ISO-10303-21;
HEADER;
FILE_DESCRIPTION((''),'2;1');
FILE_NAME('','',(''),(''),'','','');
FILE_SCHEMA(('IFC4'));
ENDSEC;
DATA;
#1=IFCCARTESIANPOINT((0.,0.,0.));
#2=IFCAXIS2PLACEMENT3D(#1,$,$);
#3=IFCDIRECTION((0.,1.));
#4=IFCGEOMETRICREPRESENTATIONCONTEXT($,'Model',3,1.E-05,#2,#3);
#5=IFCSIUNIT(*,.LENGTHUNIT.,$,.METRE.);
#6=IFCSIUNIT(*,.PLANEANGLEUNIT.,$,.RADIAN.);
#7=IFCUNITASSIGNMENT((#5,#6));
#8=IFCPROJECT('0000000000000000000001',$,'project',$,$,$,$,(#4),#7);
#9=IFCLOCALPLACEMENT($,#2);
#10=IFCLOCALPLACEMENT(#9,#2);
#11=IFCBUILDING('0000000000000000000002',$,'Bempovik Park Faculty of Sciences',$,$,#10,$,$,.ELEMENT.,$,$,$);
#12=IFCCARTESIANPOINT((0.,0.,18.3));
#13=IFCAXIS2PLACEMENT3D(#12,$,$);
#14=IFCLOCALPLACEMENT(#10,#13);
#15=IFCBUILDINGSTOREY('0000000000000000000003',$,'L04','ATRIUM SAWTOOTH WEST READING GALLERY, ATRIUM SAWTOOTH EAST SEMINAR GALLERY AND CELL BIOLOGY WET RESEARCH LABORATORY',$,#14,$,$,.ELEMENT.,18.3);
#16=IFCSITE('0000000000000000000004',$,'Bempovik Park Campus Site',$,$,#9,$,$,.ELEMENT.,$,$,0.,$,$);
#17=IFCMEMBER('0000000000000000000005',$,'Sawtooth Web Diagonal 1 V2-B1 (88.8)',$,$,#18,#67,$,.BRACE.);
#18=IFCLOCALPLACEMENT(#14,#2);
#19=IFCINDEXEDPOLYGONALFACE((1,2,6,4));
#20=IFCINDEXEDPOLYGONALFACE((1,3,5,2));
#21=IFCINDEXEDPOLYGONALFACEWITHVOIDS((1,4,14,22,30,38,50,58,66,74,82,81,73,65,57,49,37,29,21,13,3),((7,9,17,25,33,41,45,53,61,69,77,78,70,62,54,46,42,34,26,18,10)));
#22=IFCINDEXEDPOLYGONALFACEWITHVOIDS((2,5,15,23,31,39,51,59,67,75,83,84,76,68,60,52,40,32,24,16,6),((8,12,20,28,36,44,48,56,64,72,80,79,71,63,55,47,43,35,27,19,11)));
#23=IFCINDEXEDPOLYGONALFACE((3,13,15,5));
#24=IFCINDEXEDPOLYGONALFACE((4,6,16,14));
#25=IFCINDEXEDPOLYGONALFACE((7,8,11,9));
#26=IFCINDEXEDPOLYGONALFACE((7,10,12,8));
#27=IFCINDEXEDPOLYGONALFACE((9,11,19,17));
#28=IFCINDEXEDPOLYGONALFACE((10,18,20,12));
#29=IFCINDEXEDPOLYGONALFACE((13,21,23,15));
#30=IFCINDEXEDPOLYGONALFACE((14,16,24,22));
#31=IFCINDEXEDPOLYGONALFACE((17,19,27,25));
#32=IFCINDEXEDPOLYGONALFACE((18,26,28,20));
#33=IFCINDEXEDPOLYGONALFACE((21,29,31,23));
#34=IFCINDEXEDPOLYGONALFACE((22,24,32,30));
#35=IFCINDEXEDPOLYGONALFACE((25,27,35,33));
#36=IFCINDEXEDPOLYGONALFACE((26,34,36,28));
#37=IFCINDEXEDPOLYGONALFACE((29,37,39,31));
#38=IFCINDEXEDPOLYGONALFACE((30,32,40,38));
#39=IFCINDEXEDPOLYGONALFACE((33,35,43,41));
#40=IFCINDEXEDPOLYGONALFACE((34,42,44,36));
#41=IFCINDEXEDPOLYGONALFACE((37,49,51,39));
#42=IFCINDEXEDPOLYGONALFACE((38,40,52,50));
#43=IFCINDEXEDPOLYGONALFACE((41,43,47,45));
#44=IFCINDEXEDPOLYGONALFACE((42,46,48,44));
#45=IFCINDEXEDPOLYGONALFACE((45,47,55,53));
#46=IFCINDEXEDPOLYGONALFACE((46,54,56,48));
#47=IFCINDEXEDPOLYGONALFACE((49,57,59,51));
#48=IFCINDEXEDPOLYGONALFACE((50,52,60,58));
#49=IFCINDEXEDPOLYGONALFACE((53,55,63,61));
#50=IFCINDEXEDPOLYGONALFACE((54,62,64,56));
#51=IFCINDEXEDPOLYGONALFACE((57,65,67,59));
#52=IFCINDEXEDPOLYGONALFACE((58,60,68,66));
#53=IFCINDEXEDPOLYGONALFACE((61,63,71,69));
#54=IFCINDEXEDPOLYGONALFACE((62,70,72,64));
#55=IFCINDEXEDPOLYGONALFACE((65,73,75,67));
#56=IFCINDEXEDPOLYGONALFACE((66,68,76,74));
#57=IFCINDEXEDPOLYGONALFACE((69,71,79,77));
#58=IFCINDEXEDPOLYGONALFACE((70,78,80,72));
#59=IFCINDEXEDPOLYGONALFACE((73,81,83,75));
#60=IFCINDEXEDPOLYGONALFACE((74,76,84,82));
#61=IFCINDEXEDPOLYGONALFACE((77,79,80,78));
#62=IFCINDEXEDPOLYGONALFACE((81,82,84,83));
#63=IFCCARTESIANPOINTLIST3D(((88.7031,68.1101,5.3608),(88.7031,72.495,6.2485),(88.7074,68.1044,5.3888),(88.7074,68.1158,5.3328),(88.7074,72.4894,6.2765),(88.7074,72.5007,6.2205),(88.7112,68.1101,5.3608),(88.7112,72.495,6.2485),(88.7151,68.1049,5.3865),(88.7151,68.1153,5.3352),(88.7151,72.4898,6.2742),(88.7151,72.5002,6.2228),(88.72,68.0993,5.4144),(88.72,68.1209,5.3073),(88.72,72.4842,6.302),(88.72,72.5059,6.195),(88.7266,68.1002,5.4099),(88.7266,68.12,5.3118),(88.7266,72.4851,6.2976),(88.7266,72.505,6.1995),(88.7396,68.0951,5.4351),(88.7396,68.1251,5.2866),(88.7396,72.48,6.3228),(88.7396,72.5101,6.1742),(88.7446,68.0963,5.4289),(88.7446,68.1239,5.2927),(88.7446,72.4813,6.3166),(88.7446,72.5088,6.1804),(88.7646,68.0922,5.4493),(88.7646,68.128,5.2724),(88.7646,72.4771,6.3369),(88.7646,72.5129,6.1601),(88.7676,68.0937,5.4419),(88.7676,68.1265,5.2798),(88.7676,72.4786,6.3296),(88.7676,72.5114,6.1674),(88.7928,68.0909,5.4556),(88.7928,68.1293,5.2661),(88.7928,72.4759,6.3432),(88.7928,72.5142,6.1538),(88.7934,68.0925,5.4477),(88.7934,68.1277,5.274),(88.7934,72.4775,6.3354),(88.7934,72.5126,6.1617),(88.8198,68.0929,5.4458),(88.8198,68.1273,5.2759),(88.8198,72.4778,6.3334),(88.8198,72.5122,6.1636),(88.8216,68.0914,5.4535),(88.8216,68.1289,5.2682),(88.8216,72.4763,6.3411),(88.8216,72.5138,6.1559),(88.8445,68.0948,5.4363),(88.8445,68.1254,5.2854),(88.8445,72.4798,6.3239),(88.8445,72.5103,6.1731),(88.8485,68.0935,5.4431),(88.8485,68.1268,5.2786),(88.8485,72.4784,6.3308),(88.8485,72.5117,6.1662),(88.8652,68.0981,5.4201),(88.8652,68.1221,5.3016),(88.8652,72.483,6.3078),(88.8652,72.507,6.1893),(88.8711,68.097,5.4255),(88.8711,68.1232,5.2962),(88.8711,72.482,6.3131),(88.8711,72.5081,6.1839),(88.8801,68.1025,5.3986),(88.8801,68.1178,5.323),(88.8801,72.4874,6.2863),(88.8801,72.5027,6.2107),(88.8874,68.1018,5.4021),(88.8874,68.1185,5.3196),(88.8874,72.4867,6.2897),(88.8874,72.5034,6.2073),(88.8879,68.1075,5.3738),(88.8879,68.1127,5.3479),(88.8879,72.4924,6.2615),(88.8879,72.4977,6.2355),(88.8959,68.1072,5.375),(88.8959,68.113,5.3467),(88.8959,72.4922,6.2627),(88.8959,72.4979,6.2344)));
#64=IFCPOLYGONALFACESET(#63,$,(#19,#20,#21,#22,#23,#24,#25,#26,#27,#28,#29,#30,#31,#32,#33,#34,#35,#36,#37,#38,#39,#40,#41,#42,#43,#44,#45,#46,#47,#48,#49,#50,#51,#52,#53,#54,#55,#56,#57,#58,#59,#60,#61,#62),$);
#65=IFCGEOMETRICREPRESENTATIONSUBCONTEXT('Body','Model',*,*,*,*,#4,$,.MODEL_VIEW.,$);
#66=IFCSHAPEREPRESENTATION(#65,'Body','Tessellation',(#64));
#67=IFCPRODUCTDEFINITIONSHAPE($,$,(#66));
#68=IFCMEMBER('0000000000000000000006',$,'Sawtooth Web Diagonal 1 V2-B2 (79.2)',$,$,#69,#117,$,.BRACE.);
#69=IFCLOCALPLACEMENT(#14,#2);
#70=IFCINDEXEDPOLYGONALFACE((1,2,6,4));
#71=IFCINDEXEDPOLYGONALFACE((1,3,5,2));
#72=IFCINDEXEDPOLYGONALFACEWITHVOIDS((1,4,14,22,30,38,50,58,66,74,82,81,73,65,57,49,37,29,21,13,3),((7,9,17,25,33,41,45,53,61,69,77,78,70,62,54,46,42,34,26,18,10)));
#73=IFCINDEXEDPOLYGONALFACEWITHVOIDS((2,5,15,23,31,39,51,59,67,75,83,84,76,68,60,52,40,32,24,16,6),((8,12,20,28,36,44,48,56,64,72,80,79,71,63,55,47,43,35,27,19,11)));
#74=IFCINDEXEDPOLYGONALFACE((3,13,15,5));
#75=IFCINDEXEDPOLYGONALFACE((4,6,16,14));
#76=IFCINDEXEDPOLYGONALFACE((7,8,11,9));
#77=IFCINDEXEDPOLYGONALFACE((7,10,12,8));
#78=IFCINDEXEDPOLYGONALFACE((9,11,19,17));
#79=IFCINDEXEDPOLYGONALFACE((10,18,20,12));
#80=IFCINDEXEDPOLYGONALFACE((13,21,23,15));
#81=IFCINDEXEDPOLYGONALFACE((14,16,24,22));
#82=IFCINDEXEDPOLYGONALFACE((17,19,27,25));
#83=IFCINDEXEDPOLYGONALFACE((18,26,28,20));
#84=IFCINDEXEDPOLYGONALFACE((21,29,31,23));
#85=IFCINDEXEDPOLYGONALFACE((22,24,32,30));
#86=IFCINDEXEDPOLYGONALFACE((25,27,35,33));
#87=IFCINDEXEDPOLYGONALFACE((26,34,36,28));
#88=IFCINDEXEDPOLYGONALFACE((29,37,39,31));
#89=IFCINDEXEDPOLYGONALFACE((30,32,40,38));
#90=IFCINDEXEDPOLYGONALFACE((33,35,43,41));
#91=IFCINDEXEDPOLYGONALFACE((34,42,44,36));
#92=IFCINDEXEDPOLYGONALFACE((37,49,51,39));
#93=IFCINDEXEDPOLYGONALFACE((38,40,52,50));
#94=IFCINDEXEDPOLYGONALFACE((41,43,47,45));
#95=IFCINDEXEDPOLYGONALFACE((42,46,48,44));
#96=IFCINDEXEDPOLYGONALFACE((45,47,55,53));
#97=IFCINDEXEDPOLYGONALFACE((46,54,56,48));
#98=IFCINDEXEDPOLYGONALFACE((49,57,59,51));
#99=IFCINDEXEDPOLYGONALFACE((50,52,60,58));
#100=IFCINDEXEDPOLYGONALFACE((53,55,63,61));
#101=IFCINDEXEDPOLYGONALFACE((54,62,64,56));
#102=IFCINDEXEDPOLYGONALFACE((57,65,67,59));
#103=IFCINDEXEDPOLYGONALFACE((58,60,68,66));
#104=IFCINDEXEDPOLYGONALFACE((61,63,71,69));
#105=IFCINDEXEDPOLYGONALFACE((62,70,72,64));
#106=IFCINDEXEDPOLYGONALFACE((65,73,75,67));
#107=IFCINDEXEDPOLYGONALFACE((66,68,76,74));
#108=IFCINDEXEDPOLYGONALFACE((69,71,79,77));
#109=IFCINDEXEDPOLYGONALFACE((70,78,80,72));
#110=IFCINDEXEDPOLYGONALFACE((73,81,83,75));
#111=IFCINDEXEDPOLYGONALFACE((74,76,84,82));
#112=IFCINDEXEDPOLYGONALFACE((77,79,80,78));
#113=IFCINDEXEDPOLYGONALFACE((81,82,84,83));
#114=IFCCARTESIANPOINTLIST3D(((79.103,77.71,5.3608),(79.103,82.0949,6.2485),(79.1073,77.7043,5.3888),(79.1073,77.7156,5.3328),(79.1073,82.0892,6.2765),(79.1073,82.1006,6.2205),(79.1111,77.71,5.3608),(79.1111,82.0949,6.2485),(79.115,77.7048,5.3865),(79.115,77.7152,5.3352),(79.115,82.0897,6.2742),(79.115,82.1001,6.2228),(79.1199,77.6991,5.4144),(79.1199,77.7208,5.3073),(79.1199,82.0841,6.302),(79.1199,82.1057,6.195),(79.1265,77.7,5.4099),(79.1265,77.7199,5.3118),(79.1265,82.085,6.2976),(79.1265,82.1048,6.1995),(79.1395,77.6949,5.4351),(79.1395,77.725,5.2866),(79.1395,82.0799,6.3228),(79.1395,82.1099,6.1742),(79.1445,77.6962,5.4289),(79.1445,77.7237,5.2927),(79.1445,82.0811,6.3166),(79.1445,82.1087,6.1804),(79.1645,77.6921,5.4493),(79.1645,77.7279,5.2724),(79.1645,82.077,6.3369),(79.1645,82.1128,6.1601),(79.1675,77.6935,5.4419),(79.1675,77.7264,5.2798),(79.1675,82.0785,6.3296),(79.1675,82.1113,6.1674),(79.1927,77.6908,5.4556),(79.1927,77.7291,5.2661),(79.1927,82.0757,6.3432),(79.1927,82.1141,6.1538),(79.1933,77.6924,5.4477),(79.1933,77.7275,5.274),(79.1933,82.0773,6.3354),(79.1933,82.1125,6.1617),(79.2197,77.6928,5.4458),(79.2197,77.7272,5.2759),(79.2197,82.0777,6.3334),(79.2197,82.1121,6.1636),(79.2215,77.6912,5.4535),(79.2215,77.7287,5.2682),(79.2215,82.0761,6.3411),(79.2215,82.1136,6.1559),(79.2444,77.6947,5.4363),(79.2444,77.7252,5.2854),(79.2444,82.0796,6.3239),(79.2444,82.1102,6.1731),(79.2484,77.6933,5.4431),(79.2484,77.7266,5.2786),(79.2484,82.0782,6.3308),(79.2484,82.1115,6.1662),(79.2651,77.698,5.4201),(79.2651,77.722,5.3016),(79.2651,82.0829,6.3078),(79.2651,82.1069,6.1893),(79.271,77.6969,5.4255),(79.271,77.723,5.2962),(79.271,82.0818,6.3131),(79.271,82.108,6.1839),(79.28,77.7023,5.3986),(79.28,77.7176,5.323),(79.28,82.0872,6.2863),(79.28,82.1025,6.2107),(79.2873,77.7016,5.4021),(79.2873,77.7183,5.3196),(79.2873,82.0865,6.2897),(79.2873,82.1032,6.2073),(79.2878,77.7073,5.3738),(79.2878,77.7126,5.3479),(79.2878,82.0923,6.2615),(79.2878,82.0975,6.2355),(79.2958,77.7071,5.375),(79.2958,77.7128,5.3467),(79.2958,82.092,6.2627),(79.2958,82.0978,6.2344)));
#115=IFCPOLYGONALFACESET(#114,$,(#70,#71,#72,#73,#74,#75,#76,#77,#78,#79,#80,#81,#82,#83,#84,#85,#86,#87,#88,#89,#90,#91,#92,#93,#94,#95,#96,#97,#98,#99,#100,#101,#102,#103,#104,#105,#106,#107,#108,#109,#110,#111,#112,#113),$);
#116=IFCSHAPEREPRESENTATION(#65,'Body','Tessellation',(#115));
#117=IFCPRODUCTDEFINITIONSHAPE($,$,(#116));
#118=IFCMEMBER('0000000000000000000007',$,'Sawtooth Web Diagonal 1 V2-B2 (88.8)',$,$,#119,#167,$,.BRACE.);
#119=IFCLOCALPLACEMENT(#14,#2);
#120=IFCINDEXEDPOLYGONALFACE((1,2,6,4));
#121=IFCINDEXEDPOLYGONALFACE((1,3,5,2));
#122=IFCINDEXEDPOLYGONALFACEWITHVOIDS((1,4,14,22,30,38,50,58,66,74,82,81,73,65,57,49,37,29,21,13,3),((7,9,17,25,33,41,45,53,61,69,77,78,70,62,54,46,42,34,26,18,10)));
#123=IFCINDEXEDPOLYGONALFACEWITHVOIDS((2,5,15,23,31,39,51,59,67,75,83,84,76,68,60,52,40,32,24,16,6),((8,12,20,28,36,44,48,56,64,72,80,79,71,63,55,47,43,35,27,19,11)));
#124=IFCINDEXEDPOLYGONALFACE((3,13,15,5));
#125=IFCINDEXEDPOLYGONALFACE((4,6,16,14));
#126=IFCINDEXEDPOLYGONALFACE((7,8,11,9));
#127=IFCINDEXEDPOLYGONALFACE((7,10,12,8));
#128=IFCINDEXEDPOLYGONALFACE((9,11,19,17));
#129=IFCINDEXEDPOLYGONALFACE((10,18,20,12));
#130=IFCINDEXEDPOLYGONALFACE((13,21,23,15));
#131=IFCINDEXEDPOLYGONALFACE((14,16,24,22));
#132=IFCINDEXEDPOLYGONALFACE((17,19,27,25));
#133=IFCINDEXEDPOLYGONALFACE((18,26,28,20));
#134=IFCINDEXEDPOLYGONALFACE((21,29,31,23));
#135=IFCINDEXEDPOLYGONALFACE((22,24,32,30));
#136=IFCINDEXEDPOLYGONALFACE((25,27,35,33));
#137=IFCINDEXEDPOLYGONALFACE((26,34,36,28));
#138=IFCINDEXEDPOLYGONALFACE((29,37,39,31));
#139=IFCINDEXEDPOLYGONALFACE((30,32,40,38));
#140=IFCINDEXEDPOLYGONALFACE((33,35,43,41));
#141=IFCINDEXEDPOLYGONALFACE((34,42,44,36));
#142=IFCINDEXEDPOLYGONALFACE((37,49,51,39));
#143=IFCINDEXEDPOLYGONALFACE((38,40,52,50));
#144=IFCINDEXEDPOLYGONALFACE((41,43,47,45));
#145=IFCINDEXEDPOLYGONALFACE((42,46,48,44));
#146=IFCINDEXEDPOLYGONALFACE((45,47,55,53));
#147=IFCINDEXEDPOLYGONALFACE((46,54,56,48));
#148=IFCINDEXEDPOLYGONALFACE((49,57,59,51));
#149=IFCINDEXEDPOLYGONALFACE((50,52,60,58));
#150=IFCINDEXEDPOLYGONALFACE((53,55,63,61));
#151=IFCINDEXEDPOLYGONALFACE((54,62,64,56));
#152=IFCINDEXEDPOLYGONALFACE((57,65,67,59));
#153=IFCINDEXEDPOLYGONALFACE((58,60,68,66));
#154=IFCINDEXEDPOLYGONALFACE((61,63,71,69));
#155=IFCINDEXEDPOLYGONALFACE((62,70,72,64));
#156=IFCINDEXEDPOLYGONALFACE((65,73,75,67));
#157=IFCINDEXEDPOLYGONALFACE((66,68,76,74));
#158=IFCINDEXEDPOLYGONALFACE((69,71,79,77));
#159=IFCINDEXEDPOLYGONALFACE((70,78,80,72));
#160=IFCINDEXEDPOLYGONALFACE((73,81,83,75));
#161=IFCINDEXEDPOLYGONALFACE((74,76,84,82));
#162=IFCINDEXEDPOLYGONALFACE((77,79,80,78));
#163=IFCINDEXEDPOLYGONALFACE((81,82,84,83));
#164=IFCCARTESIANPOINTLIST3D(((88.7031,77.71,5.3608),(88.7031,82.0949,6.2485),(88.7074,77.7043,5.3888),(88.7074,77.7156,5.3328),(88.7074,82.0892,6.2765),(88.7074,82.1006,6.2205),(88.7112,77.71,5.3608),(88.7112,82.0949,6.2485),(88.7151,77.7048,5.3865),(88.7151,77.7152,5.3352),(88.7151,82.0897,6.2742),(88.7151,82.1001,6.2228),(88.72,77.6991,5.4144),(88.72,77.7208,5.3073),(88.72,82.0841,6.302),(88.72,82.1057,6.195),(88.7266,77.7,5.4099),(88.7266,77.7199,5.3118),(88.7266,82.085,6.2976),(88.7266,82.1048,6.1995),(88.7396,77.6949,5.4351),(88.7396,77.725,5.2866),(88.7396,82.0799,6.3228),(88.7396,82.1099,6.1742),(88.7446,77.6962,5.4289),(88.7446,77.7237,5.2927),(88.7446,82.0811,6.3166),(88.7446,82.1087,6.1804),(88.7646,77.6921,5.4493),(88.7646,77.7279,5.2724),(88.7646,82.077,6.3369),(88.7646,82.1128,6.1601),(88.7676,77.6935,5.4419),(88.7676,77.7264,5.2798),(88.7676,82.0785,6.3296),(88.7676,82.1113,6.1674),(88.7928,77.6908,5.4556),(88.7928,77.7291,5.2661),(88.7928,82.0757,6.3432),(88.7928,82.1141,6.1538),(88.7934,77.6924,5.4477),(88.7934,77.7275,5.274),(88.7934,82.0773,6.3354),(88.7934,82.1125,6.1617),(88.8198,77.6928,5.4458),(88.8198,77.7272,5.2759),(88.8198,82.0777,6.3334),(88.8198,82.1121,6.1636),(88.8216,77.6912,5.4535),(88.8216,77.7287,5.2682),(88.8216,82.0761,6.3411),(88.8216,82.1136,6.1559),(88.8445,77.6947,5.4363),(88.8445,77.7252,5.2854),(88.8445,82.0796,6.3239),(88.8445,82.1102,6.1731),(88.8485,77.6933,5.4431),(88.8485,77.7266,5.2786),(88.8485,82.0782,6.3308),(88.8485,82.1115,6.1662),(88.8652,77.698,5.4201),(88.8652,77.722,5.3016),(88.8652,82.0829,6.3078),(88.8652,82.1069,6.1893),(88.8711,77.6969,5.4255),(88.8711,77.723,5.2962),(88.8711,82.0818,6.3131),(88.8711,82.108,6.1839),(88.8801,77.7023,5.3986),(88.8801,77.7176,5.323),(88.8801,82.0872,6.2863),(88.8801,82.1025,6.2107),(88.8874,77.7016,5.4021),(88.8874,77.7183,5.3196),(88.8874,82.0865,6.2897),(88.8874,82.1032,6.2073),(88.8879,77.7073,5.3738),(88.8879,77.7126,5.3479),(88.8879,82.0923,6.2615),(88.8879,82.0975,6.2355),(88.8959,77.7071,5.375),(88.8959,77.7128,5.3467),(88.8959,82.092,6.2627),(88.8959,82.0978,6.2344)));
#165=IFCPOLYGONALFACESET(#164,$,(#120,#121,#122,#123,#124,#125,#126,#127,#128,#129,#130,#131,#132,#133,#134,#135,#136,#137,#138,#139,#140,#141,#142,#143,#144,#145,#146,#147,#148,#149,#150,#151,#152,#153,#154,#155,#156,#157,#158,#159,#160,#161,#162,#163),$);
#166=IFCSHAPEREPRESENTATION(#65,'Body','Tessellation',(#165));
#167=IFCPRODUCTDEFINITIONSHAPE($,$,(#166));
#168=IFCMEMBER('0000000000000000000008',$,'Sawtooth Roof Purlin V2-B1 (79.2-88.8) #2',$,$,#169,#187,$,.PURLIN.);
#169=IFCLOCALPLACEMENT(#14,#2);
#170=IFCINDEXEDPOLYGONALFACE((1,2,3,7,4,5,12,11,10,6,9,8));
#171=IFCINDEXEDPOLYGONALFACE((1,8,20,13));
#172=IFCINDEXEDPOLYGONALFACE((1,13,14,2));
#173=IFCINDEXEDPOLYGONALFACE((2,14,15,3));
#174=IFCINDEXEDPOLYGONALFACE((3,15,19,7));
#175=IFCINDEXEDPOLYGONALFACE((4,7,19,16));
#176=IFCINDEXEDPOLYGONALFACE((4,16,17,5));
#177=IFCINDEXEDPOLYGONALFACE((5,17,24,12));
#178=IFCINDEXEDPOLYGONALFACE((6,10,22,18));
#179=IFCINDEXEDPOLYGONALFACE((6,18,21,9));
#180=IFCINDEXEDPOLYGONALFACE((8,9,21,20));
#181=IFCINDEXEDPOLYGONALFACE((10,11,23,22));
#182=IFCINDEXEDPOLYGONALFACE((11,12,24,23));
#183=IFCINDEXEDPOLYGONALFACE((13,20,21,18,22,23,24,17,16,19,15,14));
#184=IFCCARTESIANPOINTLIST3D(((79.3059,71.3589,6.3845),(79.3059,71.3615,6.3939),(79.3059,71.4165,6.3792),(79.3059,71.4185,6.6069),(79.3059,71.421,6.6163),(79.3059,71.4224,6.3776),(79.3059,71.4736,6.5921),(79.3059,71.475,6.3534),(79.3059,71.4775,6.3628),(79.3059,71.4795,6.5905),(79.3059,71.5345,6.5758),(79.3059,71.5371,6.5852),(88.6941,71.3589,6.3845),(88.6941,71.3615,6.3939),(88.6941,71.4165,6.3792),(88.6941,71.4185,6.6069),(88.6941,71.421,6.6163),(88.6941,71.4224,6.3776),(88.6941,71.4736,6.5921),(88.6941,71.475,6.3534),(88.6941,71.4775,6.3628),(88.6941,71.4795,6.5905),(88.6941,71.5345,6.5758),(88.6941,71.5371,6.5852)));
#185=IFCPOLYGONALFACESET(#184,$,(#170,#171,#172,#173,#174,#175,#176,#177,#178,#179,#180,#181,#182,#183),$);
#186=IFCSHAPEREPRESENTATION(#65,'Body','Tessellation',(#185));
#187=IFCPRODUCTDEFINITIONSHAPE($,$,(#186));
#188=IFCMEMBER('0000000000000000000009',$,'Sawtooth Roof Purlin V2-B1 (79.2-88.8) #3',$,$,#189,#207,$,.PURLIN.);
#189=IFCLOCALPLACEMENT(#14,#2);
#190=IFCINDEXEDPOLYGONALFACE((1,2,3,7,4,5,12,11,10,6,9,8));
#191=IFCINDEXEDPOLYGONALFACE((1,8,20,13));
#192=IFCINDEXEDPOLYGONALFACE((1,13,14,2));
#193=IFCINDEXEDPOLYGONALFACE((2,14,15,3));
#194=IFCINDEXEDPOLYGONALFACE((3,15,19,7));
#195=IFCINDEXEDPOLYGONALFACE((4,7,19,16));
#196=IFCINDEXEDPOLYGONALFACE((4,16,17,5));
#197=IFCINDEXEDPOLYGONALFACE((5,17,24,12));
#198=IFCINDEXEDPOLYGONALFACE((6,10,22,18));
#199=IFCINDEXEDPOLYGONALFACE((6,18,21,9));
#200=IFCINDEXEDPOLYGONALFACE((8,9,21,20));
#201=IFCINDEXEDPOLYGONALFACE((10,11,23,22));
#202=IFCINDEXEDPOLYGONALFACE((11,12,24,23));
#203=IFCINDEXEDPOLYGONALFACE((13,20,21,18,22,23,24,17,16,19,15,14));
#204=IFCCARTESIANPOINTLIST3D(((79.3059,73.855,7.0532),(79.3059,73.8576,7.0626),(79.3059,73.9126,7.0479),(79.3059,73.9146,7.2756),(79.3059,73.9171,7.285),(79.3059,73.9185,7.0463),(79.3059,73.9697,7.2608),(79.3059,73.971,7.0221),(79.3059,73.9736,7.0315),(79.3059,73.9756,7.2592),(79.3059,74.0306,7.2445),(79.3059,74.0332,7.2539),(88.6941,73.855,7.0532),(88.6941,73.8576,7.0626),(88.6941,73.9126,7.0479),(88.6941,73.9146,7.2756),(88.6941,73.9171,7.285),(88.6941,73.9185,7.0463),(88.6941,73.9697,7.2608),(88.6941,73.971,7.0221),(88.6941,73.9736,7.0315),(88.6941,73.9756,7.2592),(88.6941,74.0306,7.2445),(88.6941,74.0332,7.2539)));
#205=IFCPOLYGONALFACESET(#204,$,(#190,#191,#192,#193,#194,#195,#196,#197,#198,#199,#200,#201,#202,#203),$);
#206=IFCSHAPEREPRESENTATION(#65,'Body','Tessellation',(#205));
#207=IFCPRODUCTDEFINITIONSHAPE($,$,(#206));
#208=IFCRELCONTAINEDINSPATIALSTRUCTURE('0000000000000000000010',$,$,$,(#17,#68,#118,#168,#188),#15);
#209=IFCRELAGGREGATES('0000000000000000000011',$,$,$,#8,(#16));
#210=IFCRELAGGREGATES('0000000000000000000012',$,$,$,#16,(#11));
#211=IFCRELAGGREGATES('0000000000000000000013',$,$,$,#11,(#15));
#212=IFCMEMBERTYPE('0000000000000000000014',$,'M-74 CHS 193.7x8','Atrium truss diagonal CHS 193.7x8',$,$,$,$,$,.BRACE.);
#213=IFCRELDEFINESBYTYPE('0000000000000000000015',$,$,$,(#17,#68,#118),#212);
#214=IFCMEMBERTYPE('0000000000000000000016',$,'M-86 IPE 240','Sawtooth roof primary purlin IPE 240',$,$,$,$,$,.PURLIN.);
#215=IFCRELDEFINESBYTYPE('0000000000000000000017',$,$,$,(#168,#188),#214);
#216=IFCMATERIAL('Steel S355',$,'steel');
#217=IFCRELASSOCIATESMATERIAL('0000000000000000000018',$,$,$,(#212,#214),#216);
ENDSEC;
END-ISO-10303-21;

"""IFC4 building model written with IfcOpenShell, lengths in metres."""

from ifc_helpers import new_model, si_unit, direction, frame, origin, origin_2d, place, context, subcontext, project, spatial, hollow_circle, i_section, extrude, material, material_profile, profile_set, type_object, element, save


model = new_model("IFC4")

# Units and contexts
model_context = context("Model", 3, precision=1e-05, world=origin(), true_north=direction((0.0, 1.0)))
body_context = subcontext(model_context, "Body", "Model", "MODEL_VIEW")
ifc_project = project(units=[si_unit("LENGTHUNIT", "METRE"), si_unit("PLANEANGLEUNIT", "RADIAN")], contexts=[model_context])

# Site, building, storey
site_placement = place(None, origin())
site = spatial("IfcSite", under=ifc_project, at=site_placement, Name="Bempovik Park Campus Site", CompositionType="ELEMENT", RefElevation=0.0)
building_placement = place(site_placement, origin())
building = spatial("IfcBuilding", under=site, at=building_placement, Name="Bempovik Park Faculty of Sciences", CompositionType="ELEMENT")
storey_placement = place(building_placement, frame((0.0, 0.0, 18.3)))
storey = spatial("IfcBuildingStorey", under=building, at=storey_placement, Name="L04", Description="ATRIUM SAWTOOTH WEST READING GALLERY, ATRIUM SAWTOOTH EAST SEMINAR GALLERY AND CELL BIOLOGY WET RESEARCH LABORATORY", CompositionType="ELEMENT", Elevation=18.3)

# Members
ifc_material_1 = material(Name="Steel S355", Category="steel")
ifc_material_profile_1 = material_profile(ifc_material_1, hollow_circle(Radius=0.0969, WallThickness=0.0081, at=origin_2d()), Name="CHS 193.7x8")
ifc_profile_set_1 = profile_set([ifc_material_profile_1], Name="Steel S355")
member_type_1 = type_object("IfcMemberType", Name="M-74 CHS 193.7x8", Description="Atrium truss diagonal CHS 193.7x8", PredefinedType="BRACE", material=ifc_profile_set_1)
for number, where, z_axis, x_axis, name in (
    (1, (88.8, 68.1101, 5.3608), (0.0, 0.980118, 0.198414), (-1.0, 0.0, 0.0), "Sawtooth Web Diagonal 1 V2-B1 (88.8)"),
    (2, (79.2, 77.71, 5.3608), (0.0, 0.980118, 0.198414), (-1.0, 0.0, 0.0), "Sawtooth Web Diagonal 1 V2-B2 (79.2)"),
    (3, (88.8, 77.71, 5.3608), (0.0, 0.980118, 0.198414), (-1.0, 0.0, 0.0), "Sawtooth Web Diagonal 1 V2-B2 (88.8)"),
):
    element("IfcMember", number, at=place(storey_placement, frame(where, z_axis=z_axis, x_axis=x_axis)), inside=storey, type_object=member_type_1, Name=name, PredefinedType="BRACE", context=body_context, shape_type="SweptSolid", body=[
        extrude(hollow_circle(Radius=0.0969, WallThickness=0.0081, at=origin_2d()), origin(), (0.0, 0.0, 1.0), 4.4739),
    ])
ifc_material_profile_2 = material_profile(ifc_material_1, i_section(OverallWidth=0.1201, OverallDepth=0.24, WebThickness=0.0061, FlangeThickness=0.0098, at=origin_2d()), Name="IPE 240")
ifc_profile_set_2 = profile_set([ifc_material_profile_2], Name="Steel S355")
member_type_2 = type_object("IfcMemberType", Name="M-86 IPE 240", Description="Sawtooth roof primary purlin IPE 240", PredefinedType="PURLIN", material=ifc_profile_set_2)
for number, where, z_axis, x_axis, name in (
    (4, (79.3059, 71.448, 6.4849), (1.0, 0.0, 0.0), (0.0, 0.965926, -0.258819), "Sawtooth Roof Purlin V2-B1 (79.2-88.8) #2"),
    (5, (79.3059, 73.9441, 7.1536), (1.0, 0.0, 0.0), (0.0, 0.965926, -0.258819), "Sawtooth Roof Purlin V2-B1 (79.2-88.8) #3"),
):
    element("IfcMember", number, at=place(storey_placement, frame(where, z_axis=z_axis, x_axis=x_axis)), inside=storey, type_object=member_type_2, Name=name, PredefinedType="PURLIN", context=body_context, shape_type="SweptSolid", body=[
        extrude(i_section(OverallWidth=0.1201, OverallDepth=0.24, WebThickness=0.0061, FlangeThickness=0.0098, at=origin_2d()), origin(), (0.0, 0.0, 1.0), 9.3882),
    ])

save(model, "model.ifc")
